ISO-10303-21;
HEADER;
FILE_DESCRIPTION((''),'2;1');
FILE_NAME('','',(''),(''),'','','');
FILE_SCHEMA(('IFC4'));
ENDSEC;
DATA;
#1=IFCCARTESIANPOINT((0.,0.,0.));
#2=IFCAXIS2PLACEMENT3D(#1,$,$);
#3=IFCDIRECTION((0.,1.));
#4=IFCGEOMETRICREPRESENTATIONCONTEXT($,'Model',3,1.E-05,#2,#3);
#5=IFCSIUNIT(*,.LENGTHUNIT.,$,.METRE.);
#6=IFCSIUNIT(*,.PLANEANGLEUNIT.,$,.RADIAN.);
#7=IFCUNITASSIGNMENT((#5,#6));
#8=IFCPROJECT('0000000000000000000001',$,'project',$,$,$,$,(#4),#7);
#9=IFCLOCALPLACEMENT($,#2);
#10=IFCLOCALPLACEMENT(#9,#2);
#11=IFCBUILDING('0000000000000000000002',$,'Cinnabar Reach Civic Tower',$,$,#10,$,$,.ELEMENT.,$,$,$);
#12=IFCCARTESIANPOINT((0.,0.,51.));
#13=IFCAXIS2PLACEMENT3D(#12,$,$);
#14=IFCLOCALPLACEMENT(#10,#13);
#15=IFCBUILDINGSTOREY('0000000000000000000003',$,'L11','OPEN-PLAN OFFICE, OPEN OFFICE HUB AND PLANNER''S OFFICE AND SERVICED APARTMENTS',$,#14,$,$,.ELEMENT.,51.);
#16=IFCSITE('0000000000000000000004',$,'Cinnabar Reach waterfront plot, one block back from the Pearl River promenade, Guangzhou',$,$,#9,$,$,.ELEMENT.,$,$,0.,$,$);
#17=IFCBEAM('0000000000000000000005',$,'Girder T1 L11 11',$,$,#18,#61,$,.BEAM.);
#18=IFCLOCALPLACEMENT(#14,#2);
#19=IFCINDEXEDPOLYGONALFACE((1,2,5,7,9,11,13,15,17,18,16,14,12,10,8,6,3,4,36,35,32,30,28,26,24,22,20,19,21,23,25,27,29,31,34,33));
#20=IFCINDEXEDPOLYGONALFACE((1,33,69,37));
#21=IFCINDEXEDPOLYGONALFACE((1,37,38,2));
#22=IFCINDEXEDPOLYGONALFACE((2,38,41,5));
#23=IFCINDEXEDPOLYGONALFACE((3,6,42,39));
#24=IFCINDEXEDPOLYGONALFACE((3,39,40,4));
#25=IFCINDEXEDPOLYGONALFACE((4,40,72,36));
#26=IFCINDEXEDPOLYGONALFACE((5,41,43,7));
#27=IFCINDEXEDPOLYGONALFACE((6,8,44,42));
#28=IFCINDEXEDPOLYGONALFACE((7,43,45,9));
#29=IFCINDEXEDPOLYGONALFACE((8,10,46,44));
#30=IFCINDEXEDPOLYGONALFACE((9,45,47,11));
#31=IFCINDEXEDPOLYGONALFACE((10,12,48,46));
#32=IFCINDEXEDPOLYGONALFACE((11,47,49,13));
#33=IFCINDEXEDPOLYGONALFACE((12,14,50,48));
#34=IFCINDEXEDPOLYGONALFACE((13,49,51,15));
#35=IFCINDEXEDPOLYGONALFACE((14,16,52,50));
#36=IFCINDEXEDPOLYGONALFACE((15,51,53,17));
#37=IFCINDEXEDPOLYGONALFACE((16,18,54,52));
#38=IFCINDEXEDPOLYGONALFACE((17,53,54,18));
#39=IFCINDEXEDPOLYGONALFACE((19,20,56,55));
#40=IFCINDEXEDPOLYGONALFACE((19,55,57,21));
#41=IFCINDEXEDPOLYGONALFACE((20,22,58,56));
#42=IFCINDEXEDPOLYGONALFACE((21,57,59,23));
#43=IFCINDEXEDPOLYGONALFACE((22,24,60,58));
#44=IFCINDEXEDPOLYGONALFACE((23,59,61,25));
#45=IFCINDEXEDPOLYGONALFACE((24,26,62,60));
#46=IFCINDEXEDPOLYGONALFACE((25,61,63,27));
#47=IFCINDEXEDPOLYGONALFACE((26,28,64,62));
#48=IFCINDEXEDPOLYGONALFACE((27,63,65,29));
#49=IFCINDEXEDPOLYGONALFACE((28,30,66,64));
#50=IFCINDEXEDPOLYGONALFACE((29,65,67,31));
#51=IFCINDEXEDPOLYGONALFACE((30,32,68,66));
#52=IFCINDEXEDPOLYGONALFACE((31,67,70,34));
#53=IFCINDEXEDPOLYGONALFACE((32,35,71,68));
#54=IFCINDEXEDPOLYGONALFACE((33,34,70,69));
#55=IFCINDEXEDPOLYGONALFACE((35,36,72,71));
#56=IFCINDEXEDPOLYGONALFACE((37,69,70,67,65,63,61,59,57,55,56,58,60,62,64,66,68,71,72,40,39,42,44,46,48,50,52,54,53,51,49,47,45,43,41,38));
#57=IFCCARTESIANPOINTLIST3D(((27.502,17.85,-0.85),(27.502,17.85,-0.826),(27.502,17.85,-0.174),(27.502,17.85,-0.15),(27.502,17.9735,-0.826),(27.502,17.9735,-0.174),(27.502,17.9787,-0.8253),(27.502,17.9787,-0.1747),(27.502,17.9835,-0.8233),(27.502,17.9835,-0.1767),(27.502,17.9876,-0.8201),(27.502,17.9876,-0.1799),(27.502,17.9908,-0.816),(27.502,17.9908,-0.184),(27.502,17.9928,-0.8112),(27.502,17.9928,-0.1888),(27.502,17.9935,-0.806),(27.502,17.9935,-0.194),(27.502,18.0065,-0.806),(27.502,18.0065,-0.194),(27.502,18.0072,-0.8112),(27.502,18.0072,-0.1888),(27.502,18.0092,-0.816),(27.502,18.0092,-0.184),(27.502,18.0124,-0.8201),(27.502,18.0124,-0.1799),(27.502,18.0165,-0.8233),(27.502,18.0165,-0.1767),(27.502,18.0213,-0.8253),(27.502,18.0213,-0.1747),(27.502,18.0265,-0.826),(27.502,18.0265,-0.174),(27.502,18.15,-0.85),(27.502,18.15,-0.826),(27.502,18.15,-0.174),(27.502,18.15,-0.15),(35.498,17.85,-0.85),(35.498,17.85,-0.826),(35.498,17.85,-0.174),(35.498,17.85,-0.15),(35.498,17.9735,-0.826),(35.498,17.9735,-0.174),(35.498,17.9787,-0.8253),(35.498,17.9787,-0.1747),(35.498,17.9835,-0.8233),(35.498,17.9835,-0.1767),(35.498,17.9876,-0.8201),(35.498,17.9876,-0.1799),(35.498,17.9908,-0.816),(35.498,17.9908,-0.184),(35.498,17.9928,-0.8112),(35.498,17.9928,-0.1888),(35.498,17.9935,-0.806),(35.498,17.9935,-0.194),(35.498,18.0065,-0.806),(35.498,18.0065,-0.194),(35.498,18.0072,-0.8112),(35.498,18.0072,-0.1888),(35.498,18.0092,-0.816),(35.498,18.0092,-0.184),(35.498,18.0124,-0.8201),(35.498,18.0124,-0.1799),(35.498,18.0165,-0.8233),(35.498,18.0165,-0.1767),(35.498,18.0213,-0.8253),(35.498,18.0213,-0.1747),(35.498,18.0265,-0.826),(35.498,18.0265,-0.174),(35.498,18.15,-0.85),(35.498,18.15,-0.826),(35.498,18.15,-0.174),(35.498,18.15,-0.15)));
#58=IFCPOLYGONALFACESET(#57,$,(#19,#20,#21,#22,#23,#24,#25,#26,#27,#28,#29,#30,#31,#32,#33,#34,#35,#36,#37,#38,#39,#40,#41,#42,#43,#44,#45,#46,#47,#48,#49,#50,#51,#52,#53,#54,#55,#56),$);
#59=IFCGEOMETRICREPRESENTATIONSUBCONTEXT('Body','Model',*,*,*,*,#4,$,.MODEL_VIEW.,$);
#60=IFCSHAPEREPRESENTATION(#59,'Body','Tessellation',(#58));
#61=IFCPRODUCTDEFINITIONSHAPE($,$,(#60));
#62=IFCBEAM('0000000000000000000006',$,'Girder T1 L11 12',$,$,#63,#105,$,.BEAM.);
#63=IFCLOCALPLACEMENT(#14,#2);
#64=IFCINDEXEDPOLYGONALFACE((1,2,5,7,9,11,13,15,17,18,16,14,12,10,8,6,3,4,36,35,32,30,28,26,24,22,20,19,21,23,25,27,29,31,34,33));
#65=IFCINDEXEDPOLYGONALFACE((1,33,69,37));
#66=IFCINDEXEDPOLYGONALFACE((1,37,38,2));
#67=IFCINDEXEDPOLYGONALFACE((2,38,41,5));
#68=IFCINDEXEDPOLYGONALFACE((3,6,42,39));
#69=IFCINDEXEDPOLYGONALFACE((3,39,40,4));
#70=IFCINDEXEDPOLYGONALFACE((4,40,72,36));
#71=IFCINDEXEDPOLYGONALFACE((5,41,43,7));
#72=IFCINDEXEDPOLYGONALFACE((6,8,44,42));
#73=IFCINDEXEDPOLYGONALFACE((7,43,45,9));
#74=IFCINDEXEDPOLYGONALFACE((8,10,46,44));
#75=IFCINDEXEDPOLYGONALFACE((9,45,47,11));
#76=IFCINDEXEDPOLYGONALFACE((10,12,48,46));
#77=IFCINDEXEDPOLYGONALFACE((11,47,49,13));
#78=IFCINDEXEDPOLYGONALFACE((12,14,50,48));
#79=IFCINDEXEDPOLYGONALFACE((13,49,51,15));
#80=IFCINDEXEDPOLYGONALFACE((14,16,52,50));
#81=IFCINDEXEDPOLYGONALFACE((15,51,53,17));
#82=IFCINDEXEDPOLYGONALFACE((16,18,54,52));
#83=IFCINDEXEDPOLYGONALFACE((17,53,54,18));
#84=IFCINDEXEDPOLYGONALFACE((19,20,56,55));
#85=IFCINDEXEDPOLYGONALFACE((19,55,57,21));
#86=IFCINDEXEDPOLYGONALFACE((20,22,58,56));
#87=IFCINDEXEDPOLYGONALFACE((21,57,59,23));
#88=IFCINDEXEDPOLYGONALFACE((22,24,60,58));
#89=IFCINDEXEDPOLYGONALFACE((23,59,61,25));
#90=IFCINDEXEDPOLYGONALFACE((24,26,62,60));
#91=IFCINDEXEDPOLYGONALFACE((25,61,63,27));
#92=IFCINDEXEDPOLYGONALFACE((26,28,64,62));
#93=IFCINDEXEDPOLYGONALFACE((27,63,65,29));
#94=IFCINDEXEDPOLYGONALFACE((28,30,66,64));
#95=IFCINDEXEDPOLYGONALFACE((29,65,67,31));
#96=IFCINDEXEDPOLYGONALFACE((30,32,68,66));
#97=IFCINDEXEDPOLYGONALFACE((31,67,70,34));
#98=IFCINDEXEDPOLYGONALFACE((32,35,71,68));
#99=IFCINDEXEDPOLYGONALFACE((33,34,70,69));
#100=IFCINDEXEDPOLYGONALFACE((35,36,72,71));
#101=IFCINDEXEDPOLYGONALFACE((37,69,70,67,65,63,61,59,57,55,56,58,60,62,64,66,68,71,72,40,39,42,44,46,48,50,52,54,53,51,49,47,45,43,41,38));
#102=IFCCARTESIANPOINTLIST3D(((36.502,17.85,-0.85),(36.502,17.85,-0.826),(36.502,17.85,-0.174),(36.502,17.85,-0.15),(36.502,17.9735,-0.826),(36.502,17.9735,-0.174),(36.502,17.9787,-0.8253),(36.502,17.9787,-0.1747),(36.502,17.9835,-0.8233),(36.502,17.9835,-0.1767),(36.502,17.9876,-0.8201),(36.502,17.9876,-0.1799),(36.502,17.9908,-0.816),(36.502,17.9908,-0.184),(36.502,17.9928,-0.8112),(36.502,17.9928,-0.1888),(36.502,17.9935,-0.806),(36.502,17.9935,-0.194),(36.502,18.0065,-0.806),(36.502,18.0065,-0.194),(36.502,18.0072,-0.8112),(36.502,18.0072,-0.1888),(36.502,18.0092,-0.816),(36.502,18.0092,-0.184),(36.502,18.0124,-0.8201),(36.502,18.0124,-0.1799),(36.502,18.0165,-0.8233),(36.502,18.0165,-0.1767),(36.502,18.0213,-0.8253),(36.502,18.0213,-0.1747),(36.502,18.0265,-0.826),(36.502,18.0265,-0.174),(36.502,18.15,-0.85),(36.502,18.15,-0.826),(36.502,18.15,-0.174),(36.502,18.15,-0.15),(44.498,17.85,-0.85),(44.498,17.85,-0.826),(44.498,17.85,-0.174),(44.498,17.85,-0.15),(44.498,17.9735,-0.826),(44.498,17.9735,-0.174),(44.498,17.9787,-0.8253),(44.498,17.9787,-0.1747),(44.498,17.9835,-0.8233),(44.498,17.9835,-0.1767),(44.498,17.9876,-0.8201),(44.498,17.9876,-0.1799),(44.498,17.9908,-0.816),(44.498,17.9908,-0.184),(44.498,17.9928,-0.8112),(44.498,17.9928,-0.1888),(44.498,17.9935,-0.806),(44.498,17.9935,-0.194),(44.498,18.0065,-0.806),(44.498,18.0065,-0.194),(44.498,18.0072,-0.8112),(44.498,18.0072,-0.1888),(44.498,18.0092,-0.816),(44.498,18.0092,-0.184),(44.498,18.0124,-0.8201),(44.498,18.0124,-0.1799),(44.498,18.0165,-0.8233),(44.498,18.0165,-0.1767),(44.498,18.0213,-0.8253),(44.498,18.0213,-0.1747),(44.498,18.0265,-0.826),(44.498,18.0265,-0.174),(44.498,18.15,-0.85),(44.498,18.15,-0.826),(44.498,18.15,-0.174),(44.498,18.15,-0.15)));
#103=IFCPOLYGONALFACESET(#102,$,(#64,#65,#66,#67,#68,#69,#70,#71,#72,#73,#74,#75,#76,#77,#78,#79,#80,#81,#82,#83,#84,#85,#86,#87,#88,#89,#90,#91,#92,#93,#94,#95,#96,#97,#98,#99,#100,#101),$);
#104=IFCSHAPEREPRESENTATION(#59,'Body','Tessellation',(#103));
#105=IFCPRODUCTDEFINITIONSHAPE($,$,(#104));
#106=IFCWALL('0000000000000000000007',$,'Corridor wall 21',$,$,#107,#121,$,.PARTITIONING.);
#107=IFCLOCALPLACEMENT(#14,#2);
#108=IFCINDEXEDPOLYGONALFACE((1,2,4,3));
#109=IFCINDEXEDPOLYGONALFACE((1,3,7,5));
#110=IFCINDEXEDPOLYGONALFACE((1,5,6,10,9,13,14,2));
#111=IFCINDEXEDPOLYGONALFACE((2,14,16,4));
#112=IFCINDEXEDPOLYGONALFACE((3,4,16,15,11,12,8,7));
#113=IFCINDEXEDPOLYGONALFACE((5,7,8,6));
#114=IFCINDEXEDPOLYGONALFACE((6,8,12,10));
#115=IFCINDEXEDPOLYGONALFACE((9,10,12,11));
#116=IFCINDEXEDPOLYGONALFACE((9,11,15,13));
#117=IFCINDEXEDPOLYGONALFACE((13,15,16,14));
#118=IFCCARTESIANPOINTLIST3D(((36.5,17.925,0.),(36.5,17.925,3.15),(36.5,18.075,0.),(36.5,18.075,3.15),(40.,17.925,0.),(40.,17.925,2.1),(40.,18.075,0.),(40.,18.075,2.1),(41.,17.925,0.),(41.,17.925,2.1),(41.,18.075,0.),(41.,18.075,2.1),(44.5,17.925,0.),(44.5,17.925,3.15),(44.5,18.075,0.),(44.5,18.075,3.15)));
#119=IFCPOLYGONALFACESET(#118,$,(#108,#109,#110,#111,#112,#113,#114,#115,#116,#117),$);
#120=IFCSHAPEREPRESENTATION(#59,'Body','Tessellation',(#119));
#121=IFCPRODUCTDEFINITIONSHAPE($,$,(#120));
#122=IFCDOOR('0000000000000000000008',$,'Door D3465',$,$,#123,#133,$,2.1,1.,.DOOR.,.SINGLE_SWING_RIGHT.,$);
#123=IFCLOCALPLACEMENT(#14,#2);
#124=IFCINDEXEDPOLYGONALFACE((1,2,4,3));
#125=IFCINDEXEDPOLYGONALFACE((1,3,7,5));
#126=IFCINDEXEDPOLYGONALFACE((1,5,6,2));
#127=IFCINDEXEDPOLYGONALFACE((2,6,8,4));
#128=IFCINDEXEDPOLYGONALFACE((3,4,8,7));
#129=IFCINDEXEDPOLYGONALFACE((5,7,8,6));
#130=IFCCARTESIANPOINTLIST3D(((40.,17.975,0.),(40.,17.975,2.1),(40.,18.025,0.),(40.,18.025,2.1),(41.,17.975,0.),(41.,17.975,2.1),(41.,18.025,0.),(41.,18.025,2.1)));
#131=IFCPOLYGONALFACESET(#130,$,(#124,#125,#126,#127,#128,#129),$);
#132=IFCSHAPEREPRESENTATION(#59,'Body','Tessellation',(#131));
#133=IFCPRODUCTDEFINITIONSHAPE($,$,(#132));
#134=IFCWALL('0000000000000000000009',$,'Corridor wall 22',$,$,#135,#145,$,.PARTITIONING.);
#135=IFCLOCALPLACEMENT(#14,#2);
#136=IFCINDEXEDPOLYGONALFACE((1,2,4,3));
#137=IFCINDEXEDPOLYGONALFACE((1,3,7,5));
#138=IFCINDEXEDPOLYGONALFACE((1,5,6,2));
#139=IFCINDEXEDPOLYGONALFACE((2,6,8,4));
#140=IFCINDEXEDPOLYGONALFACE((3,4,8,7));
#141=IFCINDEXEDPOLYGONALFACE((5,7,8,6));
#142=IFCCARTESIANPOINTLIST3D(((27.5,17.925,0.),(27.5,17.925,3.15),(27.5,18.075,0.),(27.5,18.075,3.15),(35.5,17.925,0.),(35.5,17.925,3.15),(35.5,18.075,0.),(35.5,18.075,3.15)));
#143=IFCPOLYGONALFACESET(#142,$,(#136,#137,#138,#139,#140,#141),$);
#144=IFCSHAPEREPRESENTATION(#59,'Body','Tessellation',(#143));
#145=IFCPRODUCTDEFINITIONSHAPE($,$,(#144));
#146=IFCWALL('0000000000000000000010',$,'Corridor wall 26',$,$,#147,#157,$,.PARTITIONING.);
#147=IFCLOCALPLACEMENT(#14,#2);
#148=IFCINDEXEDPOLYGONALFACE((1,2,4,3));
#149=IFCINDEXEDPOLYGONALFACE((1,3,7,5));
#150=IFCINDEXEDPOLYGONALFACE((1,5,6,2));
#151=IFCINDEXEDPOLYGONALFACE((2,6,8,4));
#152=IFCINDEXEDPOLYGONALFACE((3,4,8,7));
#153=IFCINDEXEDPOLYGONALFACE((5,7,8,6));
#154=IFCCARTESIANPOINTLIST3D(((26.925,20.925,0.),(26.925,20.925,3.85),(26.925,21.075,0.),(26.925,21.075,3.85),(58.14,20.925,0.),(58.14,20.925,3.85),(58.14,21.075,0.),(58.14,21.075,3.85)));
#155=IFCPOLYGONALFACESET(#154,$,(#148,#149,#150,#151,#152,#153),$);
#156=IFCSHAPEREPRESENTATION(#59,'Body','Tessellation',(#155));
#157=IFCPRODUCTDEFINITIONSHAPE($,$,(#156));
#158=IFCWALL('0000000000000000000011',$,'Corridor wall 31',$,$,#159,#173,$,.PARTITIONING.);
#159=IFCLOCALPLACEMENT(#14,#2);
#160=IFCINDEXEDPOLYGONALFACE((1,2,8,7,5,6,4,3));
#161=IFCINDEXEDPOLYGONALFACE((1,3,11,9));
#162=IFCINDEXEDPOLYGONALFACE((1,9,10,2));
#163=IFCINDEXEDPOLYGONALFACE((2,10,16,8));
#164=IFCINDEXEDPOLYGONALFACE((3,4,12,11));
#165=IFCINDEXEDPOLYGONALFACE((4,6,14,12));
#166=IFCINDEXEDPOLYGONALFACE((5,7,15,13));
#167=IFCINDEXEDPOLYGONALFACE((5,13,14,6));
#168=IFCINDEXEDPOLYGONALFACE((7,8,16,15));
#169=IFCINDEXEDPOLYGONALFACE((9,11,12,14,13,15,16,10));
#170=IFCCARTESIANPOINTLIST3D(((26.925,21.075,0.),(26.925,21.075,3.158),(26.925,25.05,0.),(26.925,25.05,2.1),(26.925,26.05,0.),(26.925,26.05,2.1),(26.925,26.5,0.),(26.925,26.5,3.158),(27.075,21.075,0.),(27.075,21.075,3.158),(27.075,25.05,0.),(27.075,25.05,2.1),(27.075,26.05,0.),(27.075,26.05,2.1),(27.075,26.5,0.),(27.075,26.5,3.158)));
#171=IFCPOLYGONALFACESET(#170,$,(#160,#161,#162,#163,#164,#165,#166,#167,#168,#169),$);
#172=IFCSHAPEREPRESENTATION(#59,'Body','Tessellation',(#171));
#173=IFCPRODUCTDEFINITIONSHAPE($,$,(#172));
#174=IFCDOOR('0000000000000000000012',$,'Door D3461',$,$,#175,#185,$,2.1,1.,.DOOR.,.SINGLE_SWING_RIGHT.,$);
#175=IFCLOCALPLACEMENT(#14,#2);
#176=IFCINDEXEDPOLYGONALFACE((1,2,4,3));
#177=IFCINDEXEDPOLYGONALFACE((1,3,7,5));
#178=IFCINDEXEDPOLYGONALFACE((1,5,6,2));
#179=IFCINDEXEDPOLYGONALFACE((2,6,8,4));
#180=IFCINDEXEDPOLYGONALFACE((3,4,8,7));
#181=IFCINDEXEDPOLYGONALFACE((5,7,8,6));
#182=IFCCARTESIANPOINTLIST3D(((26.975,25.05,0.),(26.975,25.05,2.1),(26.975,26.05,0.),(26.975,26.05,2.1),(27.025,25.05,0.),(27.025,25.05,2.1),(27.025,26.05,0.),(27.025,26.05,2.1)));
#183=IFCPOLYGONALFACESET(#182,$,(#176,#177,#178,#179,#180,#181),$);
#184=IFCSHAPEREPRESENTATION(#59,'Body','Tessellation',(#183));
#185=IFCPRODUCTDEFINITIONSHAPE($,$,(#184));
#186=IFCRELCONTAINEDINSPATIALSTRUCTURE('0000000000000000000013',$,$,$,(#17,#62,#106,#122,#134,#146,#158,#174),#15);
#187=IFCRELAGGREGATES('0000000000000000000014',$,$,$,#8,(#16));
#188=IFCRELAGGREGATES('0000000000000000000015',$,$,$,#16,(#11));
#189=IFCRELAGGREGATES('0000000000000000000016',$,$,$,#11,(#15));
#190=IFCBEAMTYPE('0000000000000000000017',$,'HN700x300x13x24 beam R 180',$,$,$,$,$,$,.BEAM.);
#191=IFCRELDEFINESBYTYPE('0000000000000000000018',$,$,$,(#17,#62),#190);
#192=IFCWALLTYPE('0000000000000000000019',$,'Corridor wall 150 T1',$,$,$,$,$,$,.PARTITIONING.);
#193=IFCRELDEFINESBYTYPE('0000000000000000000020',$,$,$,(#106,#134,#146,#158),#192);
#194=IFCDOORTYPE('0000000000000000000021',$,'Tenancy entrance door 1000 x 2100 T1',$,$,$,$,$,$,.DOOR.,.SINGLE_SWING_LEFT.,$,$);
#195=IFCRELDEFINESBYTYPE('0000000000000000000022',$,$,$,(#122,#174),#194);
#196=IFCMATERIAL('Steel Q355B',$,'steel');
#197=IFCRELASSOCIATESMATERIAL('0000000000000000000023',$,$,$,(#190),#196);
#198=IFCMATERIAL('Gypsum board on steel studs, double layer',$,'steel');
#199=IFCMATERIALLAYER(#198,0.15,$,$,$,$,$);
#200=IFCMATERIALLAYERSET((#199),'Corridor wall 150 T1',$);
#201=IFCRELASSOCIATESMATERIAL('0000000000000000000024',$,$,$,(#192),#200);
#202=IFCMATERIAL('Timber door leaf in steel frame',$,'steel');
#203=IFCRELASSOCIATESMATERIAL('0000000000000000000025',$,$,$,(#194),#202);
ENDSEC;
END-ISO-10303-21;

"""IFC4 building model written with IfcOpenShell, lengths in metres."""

from ifc_helpers import new_model, si_unit, direction, frame, frame_2d, origin, origin_2d, place, context, subcontext, project, spatial, rectangle, i_section, extrude, material, layer, layer_set, material_profile, profile_set, type_object, element, fill, save


model = new_model("IFC4")

# Units and contexts
model_context = context("Model", 3, precision=1e-05, world=origin(), true_north=direction((0.0, 1.0)))
body_context = subcontext(model_context, "Body", "Model", "MODEL_VIEW")
ifc_project = project(units=[si_unit("LENGTHUNIT", "METRE"), si_unit("PLANEANGLEUNIT", "RADIAN")], contexts=[model_context])

# Site, building, storey
site_placement = place(None, origin())
site = spatial("IfcSite", under=ifc_project, at=site_placement, Name="Cinnabar Reach waterfront plot, one block back from the Pearl River promenade, Guangzhou", CompositionType="ELEMENT", RefElevation=0.0)
building_placement = place(site_placement, origin())
building = spatial("IfcBuilding", under=site, at=building_placement, Name="Cinnabar Reach Civic Tower", CompositionType="ELEMENT")
storey_placement = place(building_placement, frame((0.0, 0.0, 51.0)))
storey = spatial("IfcBuildingStorey", under=building, at=storey_placement, Name="L11", Description="OPEN-PLAN OFFICE, OPEN OFFICE HUB AND PLANNER'S OFFICE AND SERVICED APARTMENTS", CompositionType="ELEMENT", Elevation=51.0)

# Beams
ifc_material_1 = material(Name="Steel Q355B", Category="steel")
ifc_material_profile_1 = material_profile(ifc_material_1, i_section(OverallWidth=0.3, OverallDepth=0.7, WebThickness=0.013, FlangeThickness=0.024, FilletRadius=0.02, at=origin_2d()), Name="HN700x300x13x24")
ifc_profile_set_1 = profile_set([ifc_material_profile_1], Name="Steel Q355B")
beam_type_1 = type_object("IfcBeamType", Name="HN700x300x13x24 beam R 180", PredefinedType="BEAM", material=ifc_profile_set_1)
for number, where, z_axis, x_axis, name in (
    (1, (27.502, 18.0, -0.5), (1.0, 0.0, 0.0), (0.0, 1.0, 0.0), "Girder T1 L11 11"),
    (2, (36.502, 18.0, -0.5), (1.0, 0.0, 0.0), (0.0, 1.0, 0.0), "Girder T1 L11 12"),
):
    element("IfcBeam", number, at=place(storey_placement, frame(where, z_axis=z_axis, x_axis=x_axis)), inside=storey, type_object=beam_type_1, Name=name, PredefinedType="BEAM", context=body_context, shape_type="SweptSolid", body=[
        extrude(i_section(OverallWidth=0.3, OverallDepth=0.7, WebThickness=0.013, FlangeThickness=0.024, FilletRadius=0.02, at=origin_2d()), origin(), (0.0, 0.0, 1.0), 7.996),
    ])

# Wall, opening, door
ifc_material_2 = material(Name="Gypsum board on steel studs, double layer", Category="steel")
ifc_layer_1 = layer(ifc_material_2, 0.15)
ifc_layer_set_1 = layer_set([ifc_layer_1], Name="Corridor wall 150 T1")
wall_type_1 = type_object("IfcWallType", Name="Corridor wall 150 T1", PredefinedType="PARTITIONING", material=ifc_layer_set_1)
wall_1_placement = place(storey_placement, frame((36.5, 18.0, 0.0), z_axis=(0.0, 0.0, 1.0), x_axis=(1.0, 0.0, 0.0)))
wall_1 = element("IfcWall", 3, at=wall_1_placement, inside=storey, type_object=wall_type_1, Name="Corridor wall 21", PredefinedType="PARTITIONING", context=body_context, shape_type="SweptSolid", body=[
    extrude(rectangle(XDim=8.0, YDim=0.15, at=frame_2d((4.0, 0.0))), origin(), (0.0, 0.0, 1.0), 3.15),
])
opening_1_placement = place(wall_1_placement, frame((3.5, 0.0, 0.0)))
opening_1 = element("IfcOpeningElement", 4, at=opening_1_placement, cuts=wall_1, PredefinedType="OPENING", context=body_context, shape_type="SweptSolid", body=[
    extrude(rectangle(XDim=1.0, YDim=2.1, at=frame_2d((0.5, 1.05))), frame((0.0, 0.085, 0.0), z_axis=(0.0, -1.0, 0.0), x_axis=(1.0, 0.0, 0.0)), (0.0, 0.0, 1.0), 0.17),
])
ifc_material_3 = material(Name="Timber door leaf in steel frame", Category="steel")
door_type_1 = type_object("IfcDoorType", Name="Tenancy entrance door 1000 x 2100 T1", OperationType="SINGLE_SWING_LEFT", PredefinedType="DOOR", material=ifc_material_3)
door_1_placement = place(opening_1_placement, frame((1.0, 0.0, 0.0), z_axis=(0.0, 0.0, 1.0), x_axis=(-1.0, 0.0, 0.0)))
door_1 = element("IfcDoor", 5, at=door_1_placement, inside=storey, type_object=door_type_1, Name="Door D3465", OperationType="SINGLE_SWING_RIGHT", OverallHeight=2.1, OverallWidth=1.0, PredefinedType="DOOR", context=body_context, shape_type="SweptSolid", body=[
    extrude(rectangle(XDim=1.0, YDim=2.1, at=frame_2d((0.5, 1.05))), frame((0.0, 0.025, 0.0), z_axis=(0.0, -1.0, 0.0), x_axis=(1.0, 0.0, 0.0)), (0.0, 0.0, 1.0), 0.05),
])
fill(opening_1, door_1)

# Walls
wall_2_placement = place(storey_placement, frame((27.5, 18.0, 0.0), z_axis=(0.0, 0.0, 1.0), x_axis=(1.0, 0.0, 0.0)))
element("IfcWall", 6, at=wall_2_placement, inside=storey, type_object=wall_type_1, Name="Corridor wall 22", PredefinedType="PARTITIONING", context=body_context, shape_type="SweptSolid", body=[
    extrude(rectangle(XDim=8.0, YDim=0.15, at=frame_2d((4.0, 0.0))), origin(), (0.0, 0.0, 1.0), 3.15),
])
wall_3_placement = place(storey_placement, frame((26.925, 21.0, 0.0), z_axis=(0.0, 0.0, 1.0), x_axis=(1.0, 0.0, 0.0)))
element("IfcWall", 7, at=wall_3_placement, inside=storey, type_object=wall_type_1, Name="Corridor wall 26", PredefinedType="PARTITIONING", context=body_context, shape_type="SweptSolid", body=[
    extrude(rectangle(XDim=31.215, YDim=0.15, at=frame_2d((15.6075, 0.0))), origin(), (0.0, 0.0, 1.0), 3.85),
])

# Wall, opening, door
wall_4_placement = place(storey_placement, frame((27.0, 21.075, 0.0), z_axis=(0.0, 0.0, 1.0), x_axis=(0.0, 1.0, 0.0)))
wall_4 = element("IfcWall", 8, at=wall_4_placement, inside=storey, type_object=wall_type_1, Name="Corridor wall 31", PredefinedType="PARTITIONING", context=body_context, shape_type="SweptSolid", body=[
    extrude(rectangle(XDim=5.425, YDim=0.15, at=frame_2d((2.7125, 0.0))), origin(), (0.0, 0.0, 1.0), 3.158),
])
opening_2_placement = place(wall_4_placement, frame((3.975, 0.0, 0.0)))
opening_2 = element("IfcOpeningElement", 9, at=opening_2_placement, cuts=wall_4, PredefinedType="OPENING", context=body_context, shape_type="SweptSolid", body=[
    extrude(rectangle(XDim=1.0, YDim=2.1, at=frame_2d((0.5, 1.05))), frame((0.0, 0.085, 0.0), z_axis=(0.0, -1.0, 0.0), x_axis=(1.0, 0.0, 0.0)), (0.0, 0.0, 1.0), 0.17),
])
door_2_placement = place(opening_2_placement, frame((1.0, 0.0, 0.0), z_axis=(0.0, 0.0, 1.0), x_axis=(-1.0, 0.0, 0.0)))
door_2 = element("IfcDoor", 10, at=door_2_placement, inside=storey, type_object=door_type_1, Name="Door D3461", OperationType="SINGLE_SWING_RIGHT", OverallHeight=2.1, OverallWidth=1.0, PredefinedType="DOOR", context=body_context, shape_type="SweptSolid", body=[
    extrude(rectangle(XDim=1.0, YDim=2.1, at=frame_2d((0.5, 1.05))), frame((0.0, 0.025, 0.0), z_axis=(0.0, -1.0, 0.0), x_axis=(1.0, 0.0, 0.0)), (0.0, 0.0, 1.0), 0.05),
])
fill(opening_2, door_2)

save(model, "model.ifc")
